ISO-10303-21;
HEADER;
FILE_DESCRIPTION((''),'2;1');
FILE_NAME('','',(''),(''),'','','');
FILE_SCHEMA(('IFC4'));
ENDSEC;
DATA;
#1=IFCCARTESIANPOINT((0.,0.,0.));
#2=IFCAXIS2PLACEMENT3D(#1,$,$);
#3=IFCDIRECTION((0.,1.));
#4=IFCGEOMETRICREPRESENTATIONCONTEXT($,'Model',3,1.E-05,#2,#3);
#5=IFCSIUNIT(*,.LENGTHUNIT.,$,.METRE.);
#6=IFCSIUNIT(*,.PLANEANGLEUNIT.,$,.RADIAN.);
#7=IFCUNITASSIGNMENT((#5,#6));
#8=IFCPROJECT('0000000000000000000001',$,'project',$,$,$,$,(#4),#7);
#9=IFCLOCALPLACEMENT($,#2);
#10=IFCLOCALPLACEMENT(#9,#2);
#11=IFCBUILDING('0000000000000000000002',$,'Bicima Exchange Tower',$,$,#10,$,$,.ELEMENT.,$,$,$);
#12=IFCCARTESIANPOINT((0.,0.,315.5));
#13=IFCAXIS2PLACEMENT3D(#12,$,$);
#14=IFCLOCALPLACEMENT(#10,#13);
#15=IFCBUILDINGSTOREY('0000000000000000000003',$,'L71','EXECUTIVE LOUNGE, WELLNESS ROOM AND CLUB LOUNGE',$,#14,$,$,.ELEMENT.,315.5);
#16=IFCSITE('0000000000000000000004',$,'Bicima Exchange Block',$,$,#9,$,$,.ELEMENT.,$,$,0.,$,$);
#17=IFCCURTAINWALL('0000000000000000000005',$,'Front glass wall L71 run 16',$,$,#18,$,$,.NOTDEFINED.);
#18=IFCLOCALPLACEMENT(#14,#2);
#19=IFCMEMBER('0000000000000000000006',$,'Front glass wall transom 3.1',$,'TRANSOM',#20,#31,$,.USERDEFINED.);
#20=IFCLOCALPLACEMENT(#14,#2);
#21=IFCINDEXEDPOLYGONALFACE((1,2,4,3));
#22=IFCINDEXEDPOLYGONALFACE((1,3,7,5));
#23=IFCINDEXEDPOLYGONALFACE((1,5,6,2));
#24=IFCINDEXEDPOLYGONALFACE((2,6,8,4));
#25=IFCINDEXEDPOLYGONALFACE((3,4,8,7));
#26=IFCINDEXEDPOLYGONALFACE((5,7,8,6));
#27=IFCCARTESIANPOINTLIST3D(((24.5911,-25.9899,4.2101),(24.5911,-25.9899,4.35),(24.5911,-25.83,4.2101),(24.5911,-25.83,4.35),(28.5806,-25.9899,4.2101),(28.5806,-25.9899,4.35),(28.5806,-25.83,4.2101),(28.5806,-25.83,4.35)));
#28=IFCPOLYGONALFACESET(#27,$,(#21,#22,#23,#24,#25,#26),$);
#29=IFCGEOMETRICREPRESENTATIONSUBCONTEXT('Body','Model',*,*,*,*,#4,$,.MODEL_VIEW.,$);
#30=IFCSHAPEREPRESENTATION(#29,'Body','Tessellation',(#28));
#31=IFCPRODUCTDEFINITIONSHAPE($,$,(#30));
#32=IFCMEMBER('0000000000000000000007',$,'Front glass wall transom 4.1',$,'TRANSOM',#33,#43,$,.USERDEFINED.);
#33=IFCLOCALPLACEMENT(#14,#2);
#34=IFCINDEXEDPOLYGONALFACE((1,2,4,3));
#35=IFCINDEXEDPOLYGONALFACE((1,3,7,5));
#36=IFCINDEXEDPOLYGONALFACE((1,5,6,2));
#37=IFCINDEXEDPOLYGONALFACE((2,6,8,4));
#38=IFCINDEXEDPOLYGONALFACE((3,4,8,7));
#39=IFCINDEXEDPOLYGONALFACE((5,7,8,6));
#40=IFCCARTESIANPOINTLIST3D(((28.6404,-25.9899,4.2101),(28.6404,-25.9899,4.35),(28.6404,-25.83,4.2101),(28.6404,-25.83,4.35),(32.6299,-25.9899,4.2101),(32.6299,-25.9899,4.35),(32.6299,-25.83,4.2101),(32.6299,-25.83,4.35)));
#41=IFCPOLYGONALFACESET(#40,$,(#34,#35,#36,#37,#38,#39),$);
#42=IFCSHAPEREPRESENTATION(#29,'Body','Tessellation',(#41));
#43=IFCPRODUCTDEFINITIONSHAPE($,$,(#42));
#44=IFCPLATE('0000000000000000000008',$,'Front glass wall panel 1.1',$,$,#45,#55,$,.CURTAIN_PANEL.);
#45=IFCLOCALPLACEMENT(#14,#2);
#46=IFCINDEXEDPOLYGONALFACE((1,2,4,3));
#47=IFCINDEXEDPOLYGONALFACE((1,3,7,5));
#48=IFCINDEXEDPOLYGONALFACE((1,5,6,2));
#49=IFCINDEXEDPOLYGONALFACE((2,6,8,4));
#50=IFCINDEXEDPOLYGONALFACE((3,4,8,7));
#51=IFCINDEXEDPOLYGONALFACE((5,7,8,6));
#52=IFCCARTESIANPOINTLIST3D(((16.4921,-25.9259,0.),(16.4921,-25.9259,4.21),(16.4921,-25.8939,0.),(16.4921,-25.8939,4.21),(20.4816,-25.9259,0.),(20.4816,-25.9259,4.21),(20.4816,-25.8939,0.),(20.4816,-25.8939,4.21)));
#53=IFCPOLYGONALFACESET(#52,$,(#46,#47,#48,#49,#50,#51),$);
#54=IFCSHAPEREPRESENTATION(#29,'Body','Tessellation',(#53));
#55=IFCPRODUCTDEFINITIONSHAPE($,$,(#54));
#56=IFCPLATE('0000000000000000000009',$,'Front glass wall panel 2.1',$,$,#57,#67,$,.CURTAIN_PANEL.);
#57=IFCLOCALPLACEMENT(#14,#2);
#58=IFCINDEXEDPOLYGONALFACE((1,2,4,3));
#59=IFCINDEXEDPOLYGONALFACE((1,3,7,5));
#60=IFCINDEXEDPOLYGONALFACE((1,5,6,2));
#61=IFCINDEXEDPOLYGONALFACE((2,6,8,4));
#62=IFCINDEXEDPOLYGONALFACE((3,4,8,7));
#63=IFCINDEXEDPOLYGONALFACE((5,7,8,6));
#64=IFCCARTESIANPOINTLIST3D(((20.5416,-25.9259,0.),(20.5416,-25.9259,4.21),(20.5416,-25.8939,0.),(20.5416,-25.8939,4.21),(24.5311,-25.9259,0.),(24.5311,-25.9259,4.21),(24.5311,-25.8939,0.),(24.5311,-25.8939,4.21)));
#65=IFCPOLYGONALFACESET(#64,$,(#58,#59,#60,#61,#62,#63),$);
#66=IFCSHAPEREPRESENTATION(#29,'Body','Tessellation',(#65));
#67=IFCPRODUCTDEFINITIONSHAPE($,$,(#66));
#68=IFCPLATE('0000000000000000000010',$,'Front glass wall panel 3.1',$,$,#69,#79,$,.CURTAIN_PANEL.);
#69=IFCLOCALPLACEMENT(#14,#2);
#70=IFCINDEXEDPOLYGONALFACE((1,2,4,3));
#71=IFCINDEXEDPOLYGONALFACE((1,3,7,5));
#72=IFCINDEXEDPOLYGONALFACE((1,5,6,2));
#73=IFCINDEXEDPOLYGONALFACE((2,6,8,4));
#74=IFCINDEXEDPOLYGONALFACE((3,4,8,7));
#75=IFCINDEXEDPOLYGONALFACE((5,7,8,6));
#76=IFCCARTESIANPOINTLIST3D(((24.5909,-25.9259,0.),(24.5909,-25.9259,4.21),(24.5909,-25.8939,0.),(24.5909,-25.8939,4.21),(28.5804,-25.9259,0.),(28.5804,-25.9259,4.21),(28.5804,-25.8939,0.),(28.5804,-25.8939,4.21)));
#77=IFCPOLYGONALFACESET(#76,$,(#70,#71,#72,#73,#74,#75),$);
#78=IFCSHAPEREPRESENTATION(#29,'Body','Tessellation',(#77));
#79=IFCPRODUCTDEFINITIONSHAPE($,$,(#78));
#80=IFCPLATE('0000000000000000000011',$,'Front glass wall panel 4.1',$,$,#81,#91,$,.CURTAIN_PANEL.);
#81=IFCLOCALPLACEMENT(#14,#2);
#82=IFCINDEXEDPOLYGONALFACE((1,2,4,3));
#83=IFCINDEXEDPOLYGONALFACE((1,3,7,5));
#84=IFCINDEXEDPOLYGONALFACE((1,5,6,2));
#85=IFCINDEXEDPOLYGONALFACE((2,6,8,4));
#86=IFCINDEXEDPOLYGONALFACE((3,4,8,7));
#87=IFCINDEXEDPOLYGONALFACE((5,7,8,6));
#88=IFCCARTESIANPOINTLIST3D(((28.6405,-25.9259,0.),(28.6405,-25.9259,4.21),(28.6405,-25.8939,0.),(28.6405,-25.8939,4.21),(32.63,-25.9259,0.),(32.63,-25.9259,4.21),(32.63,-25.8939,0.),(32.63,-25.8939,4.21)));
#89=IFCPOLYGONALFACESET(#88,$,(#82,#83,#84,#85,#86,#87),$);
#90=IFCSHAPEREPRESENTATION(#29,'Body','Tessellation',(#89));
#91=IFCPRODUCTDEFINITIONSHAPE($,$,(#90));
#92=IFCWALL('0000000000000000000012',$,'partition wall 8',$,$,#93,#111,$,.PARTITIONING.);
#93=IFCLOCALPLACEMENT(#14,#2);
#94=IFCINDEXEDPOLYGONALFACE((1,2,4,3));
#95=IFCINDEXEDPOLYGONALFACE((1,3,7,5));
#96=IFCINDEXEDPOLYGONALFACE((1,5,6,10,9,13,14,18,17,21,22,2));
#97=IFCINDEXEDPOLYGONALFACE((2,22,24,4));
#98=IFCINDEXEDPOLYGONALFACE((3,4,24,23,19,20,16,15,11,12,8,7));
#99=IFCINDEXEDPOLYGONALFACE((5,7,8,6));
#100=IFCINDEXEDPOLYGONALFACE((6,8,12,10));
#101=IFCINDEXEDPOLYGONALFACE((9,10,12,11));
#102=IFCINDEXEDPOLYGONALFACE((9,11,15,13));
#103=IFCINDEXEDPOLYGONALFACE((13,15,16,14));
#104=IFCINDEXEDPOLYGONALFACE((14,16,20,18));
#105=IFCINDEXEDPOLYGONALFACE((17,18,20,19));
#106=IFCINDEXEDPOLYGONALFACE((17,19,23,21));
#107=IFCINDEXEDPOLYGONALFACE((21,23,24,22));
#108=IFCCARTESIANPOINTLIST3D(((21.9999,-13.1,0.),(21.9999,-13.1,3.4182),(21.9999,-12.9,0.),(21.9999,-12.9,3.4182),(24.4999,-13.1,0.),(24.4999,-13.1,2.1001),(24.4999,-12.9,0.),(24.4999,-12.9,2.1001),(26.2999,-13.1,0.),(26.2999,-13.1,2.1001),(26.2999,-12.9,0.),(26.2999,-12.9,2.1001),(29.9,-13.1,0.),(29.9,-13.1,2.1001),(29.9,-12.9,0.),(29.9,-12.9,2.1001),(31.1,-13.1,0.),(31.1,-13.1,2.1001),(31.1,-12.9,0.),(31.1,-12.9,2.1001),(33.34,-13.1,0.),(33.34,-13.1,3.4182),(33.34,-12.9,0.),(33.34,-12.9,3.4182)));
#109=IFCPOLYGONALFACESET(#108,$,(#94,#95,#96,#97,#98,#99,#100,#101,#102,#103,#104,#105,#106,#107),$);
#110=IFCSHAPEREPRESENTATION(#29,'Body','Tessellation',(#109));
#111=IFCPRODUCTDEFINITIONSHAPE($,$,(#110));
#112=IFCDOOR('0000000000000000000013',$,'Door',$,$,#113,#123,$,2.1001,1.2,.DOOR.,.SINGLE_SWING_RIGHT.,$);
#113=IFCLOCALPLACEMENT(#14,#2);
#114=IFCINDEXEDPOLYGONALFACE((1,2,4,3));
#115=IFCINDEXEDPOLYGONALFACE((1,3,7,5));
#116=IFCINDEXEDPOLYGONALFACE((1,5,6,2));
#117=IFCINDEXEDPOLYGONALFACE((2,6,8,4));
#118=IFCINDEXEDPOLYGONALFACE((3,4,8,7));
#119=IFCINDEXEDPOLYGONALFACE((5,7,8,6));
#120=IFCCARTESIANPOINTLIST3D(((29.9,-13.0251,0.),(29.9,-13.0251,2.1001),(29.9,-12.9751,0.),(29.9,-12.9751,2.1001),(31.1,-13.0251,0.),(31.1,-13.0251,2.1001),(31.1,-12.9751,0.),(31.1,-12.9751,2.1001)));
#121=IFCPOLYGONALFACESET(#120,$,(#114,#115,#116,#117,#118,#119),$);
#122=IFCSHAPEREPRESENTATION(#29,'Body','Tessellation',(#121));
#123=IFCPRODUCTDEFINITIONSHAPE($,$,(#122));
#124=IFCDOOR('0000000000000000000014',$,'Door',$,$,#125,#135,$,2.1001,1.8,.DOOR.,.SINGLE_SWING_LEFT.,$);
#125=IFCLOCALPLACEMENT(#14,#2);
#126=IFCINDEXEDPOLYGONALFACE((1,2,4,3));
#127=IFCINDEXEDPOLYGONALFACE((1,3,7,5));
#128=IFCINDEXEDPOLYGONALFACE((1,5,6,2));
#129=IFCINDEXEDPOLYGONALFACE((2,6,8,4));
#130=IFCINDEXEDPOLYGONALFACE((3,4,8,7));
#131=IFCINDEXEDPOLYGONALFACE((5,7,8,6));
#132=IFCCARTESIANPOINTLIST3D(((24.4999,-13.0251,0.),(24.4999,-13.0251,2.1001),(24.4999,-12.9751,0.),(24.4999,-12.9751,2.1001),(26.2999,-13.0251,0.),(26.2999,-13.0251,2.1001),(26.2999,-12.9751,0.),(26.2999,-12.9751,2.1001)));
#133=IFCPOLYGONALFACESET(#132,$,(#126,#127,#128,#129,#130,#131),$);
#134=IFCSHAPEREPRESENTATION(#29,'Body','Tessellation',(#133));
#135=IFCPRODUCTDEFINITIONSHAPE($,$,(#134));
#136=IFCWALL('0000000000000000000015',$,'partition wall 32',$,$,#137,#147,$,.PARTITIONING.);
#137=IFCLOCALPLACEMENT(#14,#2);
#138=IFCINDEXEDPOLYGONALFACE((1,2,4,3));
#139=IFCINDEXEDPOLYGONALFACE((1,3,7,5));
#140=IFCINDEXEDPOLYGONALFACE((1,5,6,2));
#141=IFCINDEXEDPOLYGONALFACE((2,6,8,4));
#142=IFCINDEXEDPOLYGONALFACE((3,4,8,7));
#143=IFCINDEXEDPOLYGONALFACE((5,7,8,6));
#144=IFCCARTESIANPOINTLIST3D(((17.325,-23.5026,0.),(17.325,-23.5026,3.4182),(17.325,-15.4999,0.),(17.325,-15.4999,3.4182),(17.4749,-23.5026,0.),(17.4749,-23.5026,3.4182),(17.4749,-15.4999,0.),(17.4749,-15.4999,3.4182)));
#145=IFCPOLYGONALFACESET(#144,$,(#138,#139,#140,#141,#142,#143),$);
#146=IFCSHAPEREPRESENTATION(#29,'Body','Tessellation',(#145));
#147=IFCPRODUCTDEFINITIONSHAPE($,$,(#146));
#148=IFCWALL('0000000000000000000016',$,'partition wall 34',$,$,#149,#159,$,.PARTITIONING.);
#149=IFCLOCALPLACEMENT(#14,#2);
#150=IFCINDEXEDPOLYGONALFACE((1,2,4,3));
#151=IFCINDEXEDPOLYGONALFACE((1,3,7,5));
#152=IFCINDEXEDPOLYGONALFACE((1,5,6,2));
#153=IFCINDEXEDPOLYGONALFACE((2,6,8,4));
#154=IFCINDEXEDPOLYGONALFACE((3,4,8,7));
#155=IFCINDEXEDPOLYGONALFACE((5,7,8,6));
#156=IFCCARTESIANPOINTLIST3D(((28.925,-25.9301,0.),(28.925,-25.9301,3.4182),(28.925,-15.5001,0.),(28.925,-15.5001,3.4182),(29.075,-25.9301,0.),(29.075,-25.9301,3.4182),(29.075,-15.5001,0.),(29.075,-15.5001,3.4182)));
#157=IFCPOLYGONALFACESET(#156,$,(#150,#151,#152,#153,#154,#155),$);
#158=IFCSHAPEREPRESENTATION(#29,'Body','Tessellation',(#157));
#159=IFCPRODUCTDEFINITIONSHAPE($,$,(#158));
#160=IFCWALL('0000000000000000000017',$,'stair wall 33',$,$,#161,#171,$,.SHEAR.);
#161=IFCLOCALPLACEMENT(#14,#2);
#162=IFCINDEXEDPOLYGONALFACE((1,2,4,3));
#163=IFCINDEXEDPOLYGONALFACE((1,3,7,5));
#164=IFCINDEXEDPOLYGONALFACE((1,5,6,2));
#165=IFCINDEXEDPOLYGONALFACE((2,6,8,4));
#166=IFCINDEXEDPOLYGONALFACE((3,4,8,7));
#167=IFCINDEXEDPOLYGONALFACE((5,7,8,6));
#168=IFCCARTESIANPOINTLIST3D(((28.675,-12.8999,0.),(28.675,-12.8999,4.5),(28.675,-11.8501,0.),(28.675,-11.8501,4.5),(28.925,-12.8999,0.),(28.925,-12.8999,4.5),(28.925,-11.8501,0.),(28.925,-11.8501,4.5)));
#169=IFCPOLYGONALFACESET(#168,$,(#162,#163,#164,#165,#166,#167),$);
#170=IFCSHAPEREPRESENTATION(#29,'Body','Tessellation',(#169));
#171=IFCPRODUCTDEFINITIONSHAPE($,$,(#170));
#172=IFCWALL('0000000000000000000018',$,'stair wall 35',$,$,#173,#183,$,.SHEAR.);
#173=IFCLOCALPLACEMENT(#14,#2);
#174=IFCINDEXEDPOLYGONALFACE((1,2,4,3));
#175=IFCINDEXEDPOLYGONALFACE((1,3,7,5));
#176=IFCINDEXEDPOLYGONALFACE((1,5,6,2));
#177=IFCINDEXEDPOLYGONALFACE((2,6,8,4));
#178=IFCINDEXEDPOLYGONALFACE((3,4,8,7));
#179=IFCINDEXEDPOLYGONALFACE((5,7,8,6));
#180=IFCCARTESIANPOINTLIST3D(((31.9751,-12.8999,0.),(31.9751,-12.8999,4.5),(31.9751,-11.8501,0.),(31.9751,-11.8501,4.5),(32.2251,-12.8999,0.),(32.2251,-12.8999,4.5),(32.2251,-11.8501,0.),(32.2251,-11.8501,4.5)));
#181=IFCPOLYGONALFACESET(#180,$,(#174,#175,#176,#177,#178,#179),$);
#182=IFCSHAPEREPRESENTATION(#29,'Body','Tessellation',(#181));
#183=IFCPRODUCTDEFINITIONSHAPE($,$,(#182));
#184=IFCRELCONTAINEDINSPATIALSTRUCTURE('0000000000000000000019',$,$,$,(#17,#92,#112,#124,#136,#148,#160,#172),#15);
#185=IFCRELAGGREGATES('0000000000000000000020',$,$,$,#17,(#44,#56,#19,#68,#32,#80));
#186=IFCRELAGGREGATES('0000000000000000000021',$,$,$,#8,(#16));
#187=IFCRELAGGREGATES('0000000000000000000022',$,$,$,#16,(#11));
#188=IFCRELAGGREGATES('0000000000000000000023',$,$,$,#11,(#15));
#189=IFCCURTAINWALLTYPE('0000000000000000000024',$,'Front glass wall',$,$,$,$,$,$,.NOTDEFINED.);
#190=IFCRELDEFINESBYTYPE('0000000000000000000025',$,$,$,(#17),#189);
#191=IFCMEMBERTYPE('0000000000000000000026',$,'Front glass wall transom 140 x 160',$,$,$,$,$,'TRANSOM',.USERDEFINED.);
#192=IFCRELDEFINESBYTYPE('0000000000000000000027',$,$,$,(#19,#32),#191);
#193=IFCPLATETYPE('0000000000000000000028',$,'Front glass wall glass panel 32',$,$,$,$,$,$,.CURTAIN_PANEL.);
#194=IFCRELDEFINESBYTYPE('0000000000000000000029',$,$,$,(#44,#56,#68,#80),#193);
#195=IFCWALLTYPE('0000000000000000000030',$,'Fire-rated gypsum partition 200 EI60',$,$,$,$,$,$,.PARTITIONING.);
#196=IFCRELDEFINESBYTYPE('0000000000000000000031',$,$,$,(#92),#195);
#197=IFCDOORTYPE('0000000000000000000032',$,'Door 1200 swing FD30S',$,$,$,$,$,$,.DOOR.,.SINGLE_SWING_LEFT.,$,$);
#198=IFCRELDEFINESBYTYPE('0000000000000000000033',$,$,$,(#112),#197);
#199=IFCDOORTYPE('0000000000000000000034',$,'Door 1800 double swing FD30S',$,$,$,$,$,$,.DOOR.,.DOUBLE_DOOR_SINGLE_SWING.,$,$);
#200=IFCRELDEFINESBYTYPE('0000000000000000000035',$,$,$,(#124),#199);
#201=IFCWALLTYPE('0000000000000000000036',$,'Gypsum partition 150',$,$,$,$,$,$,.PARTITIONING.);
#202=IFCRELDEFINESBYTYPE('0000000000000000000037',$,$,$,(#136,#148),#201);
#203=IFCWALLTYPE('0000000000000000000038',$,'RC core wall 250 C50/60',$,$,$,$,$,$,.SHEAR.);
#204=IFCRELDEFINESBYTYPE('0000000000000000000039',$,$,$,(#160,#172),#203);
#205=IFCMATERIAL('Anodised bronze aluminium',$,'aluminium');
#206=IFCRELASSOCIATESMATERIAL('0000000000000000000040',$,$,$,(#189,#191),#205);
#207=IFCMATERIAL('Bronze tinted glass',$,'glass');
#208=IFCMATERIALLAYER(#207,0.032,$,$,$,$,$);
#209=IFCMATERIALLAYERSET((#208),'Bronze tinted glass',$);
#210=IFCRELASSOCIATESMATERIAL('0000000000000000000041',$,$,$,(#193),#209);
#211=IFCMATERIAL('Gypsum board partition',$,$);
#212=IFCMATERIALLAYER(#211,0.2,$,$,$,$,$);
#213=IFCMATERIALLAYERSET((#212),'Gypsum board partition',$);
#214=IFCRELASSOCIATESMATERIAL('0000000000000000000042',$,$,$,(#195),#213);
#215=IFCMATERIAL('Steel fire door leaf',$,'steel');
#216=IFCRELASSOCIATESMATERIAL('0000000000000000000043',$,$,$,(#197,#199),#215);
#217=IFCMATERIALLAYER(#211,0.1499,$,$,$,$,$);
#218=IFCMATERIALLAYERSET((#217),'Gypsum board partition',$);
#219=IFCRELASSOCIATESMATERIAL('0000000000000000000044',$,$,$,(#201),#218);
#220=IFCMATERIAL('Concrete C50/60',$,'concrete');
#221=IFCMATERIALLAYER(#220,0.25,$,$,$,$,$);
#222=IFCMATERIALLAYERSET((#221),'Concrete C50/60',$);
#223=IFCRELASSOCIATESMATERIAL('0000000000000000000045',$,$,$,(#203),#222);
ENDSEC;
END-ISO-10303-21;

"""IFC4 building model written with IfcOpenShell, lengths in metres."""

from ifc_helpers import new_model, si_unit, direction, frame, frame_2d, origin, origin_2d, place, context, subcontext, project, spatial, rectangle, extrude, material, layer, layer_set, material_profile, profile_set, type_object, element, fill, aggregate, save


model = new_model("IFC4")

# Units and contexts
model_context = context("Model", 3, precision=1e-05, world=origin(), true_north=direction((0.0, 1.0)))
body_context = subcontext(model_context, "Body", "Model", "MODEL_VIEW")
ifc_project = project(units=[si_unit("LENGTHUNIT", "METRE"), si_unit("PLANEANGLEUNIT", "RADIAN")], contexts=[model_context])

# Site, building, storey
site_placement = place(None, origin())
site = spatial("IfcSite", under=ifc_project, at=site_placement, Name="Bicima Exchange Block", CompositionType="ELEMENT", RefElevation=0.0)
building_placement = place(site_placement, origin())
building = spatial("IfcBuilding", under=site, at=building_placement, Name="Bicima Exchange Tower", CompositionType="ELEMENT")
storey_placement = place(building_placement, frame((0.0, 0.0, 315.5)))
storey = spatial("IfcBuildingStorey", under=building, at=storey_placement, Name="L71", Description="EXECUTIVE LOUNGE, WELLNESS ROOM AND CLUB LOUNGE", CompositionType="ELEMENT", Elevation=315.5)

# Curtain wall, members, plates
ifc_material_1 = material(Name="Anodised bronze aluminium", Category="aluminium")
curtain_wall_type = type_object("IfcCurtainWallType", Name="Front glass wall", PredefinedType="NOTDEFINED", material=ifc_material_1)
curtain_wall_placement = place(storey_placement, origin())
curtain_wall = element("IfcCurtainWall", 1, at=curtain_wall_placement, inside=storey, type_object=curtain_wall_type, Name="Front glass wall L71 run 16", PredefinedType="NOTDEFINED")
ifc_material_profile_1 = material_profile(ifc_material_1, rectangle(XDim=0.1599, YDim=0.1399, at=origin_2d()))
ifc_profile_set_1 = profile_set([ifc_material_profile_1], Name="Anodised bronze aluminium")
member_type_1 = type_object("IfcMemberType", Name="Front glass wall transom 140 x 160", ElementType="TRANSOM", PredefinedType="USERDEFINED", material=ifc_profile_set_1)
member_1_placement = place(storey_placement, frame((24.5911, -25.9099, 4.28), z_axis=(1.0, 0.0, 0.0), x_axis=(0.0, 1.0, 0.0)))
member_1 = element("IfcMember", 2, at=member_1_placement, type_object=member_type_1, Name="Front glass wall transom 3.1", ObjectType="TRANSOM", PredefinedType="USERDEFINED", context=body_context, shape_type="SweptSolid", body=[
    extrude(rectangle(XDim=0.1599, YDim=0.1399, at=origin_2d()), origin(), (0.0, 0.0, 1.0), 3.9895),
])
member_2_placement = place(storey_placement, frame((28.6404, -25.9099, 4.28), z_axis=(1.0, 0.0, 0.0), x_axis=(0.0, 1.0, 0.0)))
member_2 = element("IfcMember", 3, at=member_2_placement, type_object=member_type_1, Name="Front glass wall transom 4.1", ObjectType="TRANSOM", PredefinedType="USERDEFINED", context=body_context, shape_type="SweptSolid", body=[
    extrude(rectangle(XDim=0.1599, YDim=0.1399, at=origin_2d()), origin(), (0.0, 0.0, 1.0), 3.9895),
])
ifc_material_2 = material(Name="Bronze tinted glass", Category="glass")
ifc_layer_1 = layer(ifc_material_2, 0.032)
ifc_layer_set_1 = layer_set([ifc_layer_1], Name="Bronze tinted glass")
plate_type = type_object("IfcPlateType", Name="Front glass wall glass panel 32", PredefinedType="CURTAIN_PANEL", material=ifc_layer_set_1)
plate_1_placement = place(storey_placement, frame((18.4868, -25.9099, 0.0), z_axis=(0.0, 0.0, 1.0), x_axis=(1.0, 0.0, 0.0)))
plate_1 = element("IfcPlate", 4, at=plate_1_placement, type_object=plate_type, Name="Front glass wall panel 1.1", PredefinedType="CURTAIN_PANEL", context=body_context, shape_type="SweptSolid", body=[
    extrude(rectangle(XDim=3.9895, YDim=0.032, at=origin_2d()), origin(), (0.0, 0.0, 1.0), 4.21),
])
plate_2_placement = place(storey_placement, frame((22.5364, -25.9099, 0.0), z_axis=(0.0, 0.0, 1.0), x_axis=(1.0, 0.0, 0.0)))
plate_2 = element("IfcPlate", 5, at=plate_2_placement, type_object=plate_type, Name="Front glass wall panel 2.1", PredefinedType="CURTAIN_PANEL", context=body_context, shape_type="SweptSolid", body=[
    extrude(rectangle(XDim=3.9895, YDim=0.032, at=origin_2d()), origin(), (0.0, 0.0, 1.0), 4.21),
])
plate_3_placement = place(storey_placement, frame((26.5857, -25.9099, 0.0), z_axis=(0.0, 0.0, 1.0), x_axis=(1.0, 0.0, 0.0)))
plate_3 = element("IfcPlate", 6, at=plate_3_placement, type_object=plate_type, Name="Front glass wall panel 3.1", PredefinedType="CURTAIN_PANEL", context=body_context, shape_type="SweptSolid", body=[
    extrude(rectangle(XDim=3.9895, YDim=0.032, at=origin_2d()), origin(), (0.0, 0.0, 1.0), 4.21),
])
plate_4_placement = place(storey_placement, frame((30.6353, -25.9099, 0.0), z_axis=(0.0, 0.0, 1.0), x_axis=(1.0, 0.0, 0.0)))
plate_4 = element("IfcPlate", 7, at=plate_4_placement, type_object=plate_type, Name="Front glass wall panel 4.1", PredefinedType="CURTAIN_PANEL", context=body_context, shape_type="SweptSolid", body=[
    extrude(rectangle(XDim=3.9895, YDim=0.032, at=origin_2d()), origin(), (0.0, 0.0, 1.0), 4.21),
])
aggregate(curtain_wall, [plate_1, plate_2, member_1, plate_3, member_2, plate_4])

# Wall, openings, doors
ifc_material_3 = material(Name="Gypsum board partition")
ifc_layer_2 = layer(ifc_material_3, 0.2)
ifc_layer_set_2 = layer_set([ifc_layer_2], Name="Gypsum board partition")
wall_type_1 = type_object("IfcWallType", Name="Fire-rated gypsum partition 200 EI60", PredefinedType="PARTITIONING", material=ifc_layer_set_2)
wall_1_placement = place(storey_placement, frame((22.0, -13.0, 0.0), z_axis=(0.0, 0.0, 1.0), x_axis=(1.0, 0.0, 0.0)))
wall_1 = element("IfcWall", 8, at=wall_1_placement, inside=storey, type_object=wall_type_1, Name="partition wall 8", PredefinedType="PARTITIONING", context=body_context, shape_type="SweptSolid", body=[
    extrude(rectangle(XDim=11.3401, YDim=0.2, at=frame_2d((5.6699, 0.0))), origin(), (0.0, 0.0, 1.0), 3.4182),
])
opening_1_placement = place(wall_1_placement, frame((7.8999, 0.0, 0.0)))
opening_1 = element("IfcOpeningElement", 9, at=opening_1_placement, cuts=wall_1, PredefinedType="OPENING", context=body_context, shape_type="SweptSolid", body=[
    extrude(rectangle(XDim=1.2, YDim=2.1001, at=frame_2d((0.6001, 1.05))), frame((0.0, 0.1118, 0.0), z_axis=(0.0, -1.0, 0.0), x_axis=(1.0, 0.0, 0.0)), (0.0, 0.0, 1.0), 0.2239),
])
opening_2_placement = place(wall_1_placement, frame((2.5, 0.0, 0.0)))
opening_2 = element("IfcOpeningElement", 10, at=opening_2_placement, cuts=wall_1, PredefinedType="OPENING", context=body_context, shape_type="SweptSolid", body=[
    extrude(rectangle(XDim=1.8, YDim=2.1001, at=frame_2d((0.8999, 1.05))), frame((0.0, 0.1118, 0.0), z_axis=(0.0, -1.0, 0.0), x_axis=(1.0, 0.0, 0.0)), (0.0, 0.0, 1.0), 0.2239),
])
ifc_material_4 = material(Name="Steel fire door leaf", Category="steel")
door_type_1 = type_object("IfcDoorType", Name="Door 1200 swing FD30S", OperationType="SINGLE_SWING_LEFT", PredefinedType="DOOR", material=ifc_material_4)
door_1_placement = place(opening_1_placement, origin())
door_1 = element("IfcDoor", 11, at=door_1_placement, inside=storey, type_object=door_type_1, Name="Door", OperationType="SINGLE_SWING_RIGHT", OverallHeight=2.1001, OverallWidth=1.2, PredefinedType="DOOR", context=body_context, shape_type="SweptSolid", body=[
    extrude(rectangle(XDim=1.2, YDim=2.1001, at=frame_2d((0.6001, 1.05))), frame((0.0, 0.0249, 0.0), z_axis=(0.0, -1.0, 0.0), x_axis=(1.0, 0.0, 0.0)), (0.0, 0.0, 1.0), 0.05),
])
fill(opening_1, door_1)
door_type_2 = type_object("IfcDoorType", Name="Door 1800 double swing FD30S", OperationType="DOUBLE_DOOR_SINGLE_SWING", PredefinedType="DOOR", material=ifc_material_4)
door_2_placement = place(opening_2_placement, origin())
door_2 = element("IfcDoor", 12, at=door_2_placement, inside=storey, type_object=door_type_2, Name="Door", OperationType="SINGLE_SWING_LEFT", OverallHeight=2.1001, OverallWidth=1.8, PredefinedType="DOOR", context=body_context, shape_type="SweptSolid", body=[
    extrude(rectangle(XDim=1.8, YDim=2.1001, at=frame_2d((0.8999, 1.05))), frame((0.0, 0.0249, 0.0), z_axis=(0.0, -1.0, 0.0), x_axis=(1.0, 0.0, 0.0)), (0.0, 0.0, 1.0), 0.05),
])
fill(opening_2, door_2)

# Walls
ifc_layer_3 = layer(ifc_material_3, 0.1499)
ifc_layer_set_3 = layer_set([ifc_layer_3], Name="Gypsum board partition")
wall_type_2 = type_object("IfcWallType", Name="Gypsum partition 150", PredefinedType="PARTITIONING", material=ifc_layer_set_3)
wall_2_placement = place(storey_placement, frame((17.3999, -23.5027, 0.0), z_axis=(0.0, 0.0, 1.0), x_axis=(0.0, 1.0, 0.0)))
element("IfcWall", 13, at=wall_2_placement, inside=storey, type_object=wall_type_2, Name="partition wall 32", PredefinedType="PARTITIONING", context=body_context, shape_type="SweptSolid", body=[
    extrude(rectangle(XDim=8.0027, YDim=0.1499, at=frame_2d((4.0015, 0.0))), origin(), (0.0, 0.0, 1.0), 3.4182),
])
wall_3_placement = place(storey_placement, frame((29.0, -25.9299, 0.0), z_axis=(0.0, 0.0, 1.0), x_axis=(0.0, 1.0, 0.0)))
element("IfcWall", 14, at=wall_3_placement, inside=storey, type_object=wall_type_2, Name="partition wall 34", PredefinedType="PARTITIONING", context=body_context, shape_type="SweptSolid", body=[
    extrude(rectangle(XDim=10.4299, YDim=0.1499, at=frame_2d((5.2148, 0.0))), origin(), (0.0, 0.0, 1.0), 3.4182),
])
ifc_material_5 = material(Name="Concrete C50/60", Category="concrete")
ifc_layer_4 = layer(ifc_material_5, 0.25)
ifc_layer_set_4 = layer_set([ifc_layer_4], Name="Concrete C50/60")
wall_type_3 = type_object("IfcWallType", Name="RC core wall 250 C50/60", PredefinedType="SHEAR", material=ifc_layer_set_4)
for number, where, z_axis, x_axis, name in (
    (15, (28.8, -12.8999, 0.0), (0.0, 0.0, 1.0), (0.0, 1.0, 0.0), "stair wall 33"),
    (16, (32.1001, -12.8999, 0.0), (0.0, 0.0, 1.0), (0.0, 1.0, 0.0), "stair wall 35"),
):
    element("IfcWall", number, at=place(storey_placement, frame(where, z_axis=z_axis, x_axis=x_axis)), inside=storey, type_object=wall_type_3, Name=name, PredefinedType="SHEAR", context=body_context, shape_type="SweptSolid", body=[
        extrude(rectangle(XDim=1.0498, YDim=0.25, at=frame_2d((0.5249, 0.0))), origin(), (0.0, 0.0, 1.0), 4.5),
    ])

save(model, "model.ifc")
